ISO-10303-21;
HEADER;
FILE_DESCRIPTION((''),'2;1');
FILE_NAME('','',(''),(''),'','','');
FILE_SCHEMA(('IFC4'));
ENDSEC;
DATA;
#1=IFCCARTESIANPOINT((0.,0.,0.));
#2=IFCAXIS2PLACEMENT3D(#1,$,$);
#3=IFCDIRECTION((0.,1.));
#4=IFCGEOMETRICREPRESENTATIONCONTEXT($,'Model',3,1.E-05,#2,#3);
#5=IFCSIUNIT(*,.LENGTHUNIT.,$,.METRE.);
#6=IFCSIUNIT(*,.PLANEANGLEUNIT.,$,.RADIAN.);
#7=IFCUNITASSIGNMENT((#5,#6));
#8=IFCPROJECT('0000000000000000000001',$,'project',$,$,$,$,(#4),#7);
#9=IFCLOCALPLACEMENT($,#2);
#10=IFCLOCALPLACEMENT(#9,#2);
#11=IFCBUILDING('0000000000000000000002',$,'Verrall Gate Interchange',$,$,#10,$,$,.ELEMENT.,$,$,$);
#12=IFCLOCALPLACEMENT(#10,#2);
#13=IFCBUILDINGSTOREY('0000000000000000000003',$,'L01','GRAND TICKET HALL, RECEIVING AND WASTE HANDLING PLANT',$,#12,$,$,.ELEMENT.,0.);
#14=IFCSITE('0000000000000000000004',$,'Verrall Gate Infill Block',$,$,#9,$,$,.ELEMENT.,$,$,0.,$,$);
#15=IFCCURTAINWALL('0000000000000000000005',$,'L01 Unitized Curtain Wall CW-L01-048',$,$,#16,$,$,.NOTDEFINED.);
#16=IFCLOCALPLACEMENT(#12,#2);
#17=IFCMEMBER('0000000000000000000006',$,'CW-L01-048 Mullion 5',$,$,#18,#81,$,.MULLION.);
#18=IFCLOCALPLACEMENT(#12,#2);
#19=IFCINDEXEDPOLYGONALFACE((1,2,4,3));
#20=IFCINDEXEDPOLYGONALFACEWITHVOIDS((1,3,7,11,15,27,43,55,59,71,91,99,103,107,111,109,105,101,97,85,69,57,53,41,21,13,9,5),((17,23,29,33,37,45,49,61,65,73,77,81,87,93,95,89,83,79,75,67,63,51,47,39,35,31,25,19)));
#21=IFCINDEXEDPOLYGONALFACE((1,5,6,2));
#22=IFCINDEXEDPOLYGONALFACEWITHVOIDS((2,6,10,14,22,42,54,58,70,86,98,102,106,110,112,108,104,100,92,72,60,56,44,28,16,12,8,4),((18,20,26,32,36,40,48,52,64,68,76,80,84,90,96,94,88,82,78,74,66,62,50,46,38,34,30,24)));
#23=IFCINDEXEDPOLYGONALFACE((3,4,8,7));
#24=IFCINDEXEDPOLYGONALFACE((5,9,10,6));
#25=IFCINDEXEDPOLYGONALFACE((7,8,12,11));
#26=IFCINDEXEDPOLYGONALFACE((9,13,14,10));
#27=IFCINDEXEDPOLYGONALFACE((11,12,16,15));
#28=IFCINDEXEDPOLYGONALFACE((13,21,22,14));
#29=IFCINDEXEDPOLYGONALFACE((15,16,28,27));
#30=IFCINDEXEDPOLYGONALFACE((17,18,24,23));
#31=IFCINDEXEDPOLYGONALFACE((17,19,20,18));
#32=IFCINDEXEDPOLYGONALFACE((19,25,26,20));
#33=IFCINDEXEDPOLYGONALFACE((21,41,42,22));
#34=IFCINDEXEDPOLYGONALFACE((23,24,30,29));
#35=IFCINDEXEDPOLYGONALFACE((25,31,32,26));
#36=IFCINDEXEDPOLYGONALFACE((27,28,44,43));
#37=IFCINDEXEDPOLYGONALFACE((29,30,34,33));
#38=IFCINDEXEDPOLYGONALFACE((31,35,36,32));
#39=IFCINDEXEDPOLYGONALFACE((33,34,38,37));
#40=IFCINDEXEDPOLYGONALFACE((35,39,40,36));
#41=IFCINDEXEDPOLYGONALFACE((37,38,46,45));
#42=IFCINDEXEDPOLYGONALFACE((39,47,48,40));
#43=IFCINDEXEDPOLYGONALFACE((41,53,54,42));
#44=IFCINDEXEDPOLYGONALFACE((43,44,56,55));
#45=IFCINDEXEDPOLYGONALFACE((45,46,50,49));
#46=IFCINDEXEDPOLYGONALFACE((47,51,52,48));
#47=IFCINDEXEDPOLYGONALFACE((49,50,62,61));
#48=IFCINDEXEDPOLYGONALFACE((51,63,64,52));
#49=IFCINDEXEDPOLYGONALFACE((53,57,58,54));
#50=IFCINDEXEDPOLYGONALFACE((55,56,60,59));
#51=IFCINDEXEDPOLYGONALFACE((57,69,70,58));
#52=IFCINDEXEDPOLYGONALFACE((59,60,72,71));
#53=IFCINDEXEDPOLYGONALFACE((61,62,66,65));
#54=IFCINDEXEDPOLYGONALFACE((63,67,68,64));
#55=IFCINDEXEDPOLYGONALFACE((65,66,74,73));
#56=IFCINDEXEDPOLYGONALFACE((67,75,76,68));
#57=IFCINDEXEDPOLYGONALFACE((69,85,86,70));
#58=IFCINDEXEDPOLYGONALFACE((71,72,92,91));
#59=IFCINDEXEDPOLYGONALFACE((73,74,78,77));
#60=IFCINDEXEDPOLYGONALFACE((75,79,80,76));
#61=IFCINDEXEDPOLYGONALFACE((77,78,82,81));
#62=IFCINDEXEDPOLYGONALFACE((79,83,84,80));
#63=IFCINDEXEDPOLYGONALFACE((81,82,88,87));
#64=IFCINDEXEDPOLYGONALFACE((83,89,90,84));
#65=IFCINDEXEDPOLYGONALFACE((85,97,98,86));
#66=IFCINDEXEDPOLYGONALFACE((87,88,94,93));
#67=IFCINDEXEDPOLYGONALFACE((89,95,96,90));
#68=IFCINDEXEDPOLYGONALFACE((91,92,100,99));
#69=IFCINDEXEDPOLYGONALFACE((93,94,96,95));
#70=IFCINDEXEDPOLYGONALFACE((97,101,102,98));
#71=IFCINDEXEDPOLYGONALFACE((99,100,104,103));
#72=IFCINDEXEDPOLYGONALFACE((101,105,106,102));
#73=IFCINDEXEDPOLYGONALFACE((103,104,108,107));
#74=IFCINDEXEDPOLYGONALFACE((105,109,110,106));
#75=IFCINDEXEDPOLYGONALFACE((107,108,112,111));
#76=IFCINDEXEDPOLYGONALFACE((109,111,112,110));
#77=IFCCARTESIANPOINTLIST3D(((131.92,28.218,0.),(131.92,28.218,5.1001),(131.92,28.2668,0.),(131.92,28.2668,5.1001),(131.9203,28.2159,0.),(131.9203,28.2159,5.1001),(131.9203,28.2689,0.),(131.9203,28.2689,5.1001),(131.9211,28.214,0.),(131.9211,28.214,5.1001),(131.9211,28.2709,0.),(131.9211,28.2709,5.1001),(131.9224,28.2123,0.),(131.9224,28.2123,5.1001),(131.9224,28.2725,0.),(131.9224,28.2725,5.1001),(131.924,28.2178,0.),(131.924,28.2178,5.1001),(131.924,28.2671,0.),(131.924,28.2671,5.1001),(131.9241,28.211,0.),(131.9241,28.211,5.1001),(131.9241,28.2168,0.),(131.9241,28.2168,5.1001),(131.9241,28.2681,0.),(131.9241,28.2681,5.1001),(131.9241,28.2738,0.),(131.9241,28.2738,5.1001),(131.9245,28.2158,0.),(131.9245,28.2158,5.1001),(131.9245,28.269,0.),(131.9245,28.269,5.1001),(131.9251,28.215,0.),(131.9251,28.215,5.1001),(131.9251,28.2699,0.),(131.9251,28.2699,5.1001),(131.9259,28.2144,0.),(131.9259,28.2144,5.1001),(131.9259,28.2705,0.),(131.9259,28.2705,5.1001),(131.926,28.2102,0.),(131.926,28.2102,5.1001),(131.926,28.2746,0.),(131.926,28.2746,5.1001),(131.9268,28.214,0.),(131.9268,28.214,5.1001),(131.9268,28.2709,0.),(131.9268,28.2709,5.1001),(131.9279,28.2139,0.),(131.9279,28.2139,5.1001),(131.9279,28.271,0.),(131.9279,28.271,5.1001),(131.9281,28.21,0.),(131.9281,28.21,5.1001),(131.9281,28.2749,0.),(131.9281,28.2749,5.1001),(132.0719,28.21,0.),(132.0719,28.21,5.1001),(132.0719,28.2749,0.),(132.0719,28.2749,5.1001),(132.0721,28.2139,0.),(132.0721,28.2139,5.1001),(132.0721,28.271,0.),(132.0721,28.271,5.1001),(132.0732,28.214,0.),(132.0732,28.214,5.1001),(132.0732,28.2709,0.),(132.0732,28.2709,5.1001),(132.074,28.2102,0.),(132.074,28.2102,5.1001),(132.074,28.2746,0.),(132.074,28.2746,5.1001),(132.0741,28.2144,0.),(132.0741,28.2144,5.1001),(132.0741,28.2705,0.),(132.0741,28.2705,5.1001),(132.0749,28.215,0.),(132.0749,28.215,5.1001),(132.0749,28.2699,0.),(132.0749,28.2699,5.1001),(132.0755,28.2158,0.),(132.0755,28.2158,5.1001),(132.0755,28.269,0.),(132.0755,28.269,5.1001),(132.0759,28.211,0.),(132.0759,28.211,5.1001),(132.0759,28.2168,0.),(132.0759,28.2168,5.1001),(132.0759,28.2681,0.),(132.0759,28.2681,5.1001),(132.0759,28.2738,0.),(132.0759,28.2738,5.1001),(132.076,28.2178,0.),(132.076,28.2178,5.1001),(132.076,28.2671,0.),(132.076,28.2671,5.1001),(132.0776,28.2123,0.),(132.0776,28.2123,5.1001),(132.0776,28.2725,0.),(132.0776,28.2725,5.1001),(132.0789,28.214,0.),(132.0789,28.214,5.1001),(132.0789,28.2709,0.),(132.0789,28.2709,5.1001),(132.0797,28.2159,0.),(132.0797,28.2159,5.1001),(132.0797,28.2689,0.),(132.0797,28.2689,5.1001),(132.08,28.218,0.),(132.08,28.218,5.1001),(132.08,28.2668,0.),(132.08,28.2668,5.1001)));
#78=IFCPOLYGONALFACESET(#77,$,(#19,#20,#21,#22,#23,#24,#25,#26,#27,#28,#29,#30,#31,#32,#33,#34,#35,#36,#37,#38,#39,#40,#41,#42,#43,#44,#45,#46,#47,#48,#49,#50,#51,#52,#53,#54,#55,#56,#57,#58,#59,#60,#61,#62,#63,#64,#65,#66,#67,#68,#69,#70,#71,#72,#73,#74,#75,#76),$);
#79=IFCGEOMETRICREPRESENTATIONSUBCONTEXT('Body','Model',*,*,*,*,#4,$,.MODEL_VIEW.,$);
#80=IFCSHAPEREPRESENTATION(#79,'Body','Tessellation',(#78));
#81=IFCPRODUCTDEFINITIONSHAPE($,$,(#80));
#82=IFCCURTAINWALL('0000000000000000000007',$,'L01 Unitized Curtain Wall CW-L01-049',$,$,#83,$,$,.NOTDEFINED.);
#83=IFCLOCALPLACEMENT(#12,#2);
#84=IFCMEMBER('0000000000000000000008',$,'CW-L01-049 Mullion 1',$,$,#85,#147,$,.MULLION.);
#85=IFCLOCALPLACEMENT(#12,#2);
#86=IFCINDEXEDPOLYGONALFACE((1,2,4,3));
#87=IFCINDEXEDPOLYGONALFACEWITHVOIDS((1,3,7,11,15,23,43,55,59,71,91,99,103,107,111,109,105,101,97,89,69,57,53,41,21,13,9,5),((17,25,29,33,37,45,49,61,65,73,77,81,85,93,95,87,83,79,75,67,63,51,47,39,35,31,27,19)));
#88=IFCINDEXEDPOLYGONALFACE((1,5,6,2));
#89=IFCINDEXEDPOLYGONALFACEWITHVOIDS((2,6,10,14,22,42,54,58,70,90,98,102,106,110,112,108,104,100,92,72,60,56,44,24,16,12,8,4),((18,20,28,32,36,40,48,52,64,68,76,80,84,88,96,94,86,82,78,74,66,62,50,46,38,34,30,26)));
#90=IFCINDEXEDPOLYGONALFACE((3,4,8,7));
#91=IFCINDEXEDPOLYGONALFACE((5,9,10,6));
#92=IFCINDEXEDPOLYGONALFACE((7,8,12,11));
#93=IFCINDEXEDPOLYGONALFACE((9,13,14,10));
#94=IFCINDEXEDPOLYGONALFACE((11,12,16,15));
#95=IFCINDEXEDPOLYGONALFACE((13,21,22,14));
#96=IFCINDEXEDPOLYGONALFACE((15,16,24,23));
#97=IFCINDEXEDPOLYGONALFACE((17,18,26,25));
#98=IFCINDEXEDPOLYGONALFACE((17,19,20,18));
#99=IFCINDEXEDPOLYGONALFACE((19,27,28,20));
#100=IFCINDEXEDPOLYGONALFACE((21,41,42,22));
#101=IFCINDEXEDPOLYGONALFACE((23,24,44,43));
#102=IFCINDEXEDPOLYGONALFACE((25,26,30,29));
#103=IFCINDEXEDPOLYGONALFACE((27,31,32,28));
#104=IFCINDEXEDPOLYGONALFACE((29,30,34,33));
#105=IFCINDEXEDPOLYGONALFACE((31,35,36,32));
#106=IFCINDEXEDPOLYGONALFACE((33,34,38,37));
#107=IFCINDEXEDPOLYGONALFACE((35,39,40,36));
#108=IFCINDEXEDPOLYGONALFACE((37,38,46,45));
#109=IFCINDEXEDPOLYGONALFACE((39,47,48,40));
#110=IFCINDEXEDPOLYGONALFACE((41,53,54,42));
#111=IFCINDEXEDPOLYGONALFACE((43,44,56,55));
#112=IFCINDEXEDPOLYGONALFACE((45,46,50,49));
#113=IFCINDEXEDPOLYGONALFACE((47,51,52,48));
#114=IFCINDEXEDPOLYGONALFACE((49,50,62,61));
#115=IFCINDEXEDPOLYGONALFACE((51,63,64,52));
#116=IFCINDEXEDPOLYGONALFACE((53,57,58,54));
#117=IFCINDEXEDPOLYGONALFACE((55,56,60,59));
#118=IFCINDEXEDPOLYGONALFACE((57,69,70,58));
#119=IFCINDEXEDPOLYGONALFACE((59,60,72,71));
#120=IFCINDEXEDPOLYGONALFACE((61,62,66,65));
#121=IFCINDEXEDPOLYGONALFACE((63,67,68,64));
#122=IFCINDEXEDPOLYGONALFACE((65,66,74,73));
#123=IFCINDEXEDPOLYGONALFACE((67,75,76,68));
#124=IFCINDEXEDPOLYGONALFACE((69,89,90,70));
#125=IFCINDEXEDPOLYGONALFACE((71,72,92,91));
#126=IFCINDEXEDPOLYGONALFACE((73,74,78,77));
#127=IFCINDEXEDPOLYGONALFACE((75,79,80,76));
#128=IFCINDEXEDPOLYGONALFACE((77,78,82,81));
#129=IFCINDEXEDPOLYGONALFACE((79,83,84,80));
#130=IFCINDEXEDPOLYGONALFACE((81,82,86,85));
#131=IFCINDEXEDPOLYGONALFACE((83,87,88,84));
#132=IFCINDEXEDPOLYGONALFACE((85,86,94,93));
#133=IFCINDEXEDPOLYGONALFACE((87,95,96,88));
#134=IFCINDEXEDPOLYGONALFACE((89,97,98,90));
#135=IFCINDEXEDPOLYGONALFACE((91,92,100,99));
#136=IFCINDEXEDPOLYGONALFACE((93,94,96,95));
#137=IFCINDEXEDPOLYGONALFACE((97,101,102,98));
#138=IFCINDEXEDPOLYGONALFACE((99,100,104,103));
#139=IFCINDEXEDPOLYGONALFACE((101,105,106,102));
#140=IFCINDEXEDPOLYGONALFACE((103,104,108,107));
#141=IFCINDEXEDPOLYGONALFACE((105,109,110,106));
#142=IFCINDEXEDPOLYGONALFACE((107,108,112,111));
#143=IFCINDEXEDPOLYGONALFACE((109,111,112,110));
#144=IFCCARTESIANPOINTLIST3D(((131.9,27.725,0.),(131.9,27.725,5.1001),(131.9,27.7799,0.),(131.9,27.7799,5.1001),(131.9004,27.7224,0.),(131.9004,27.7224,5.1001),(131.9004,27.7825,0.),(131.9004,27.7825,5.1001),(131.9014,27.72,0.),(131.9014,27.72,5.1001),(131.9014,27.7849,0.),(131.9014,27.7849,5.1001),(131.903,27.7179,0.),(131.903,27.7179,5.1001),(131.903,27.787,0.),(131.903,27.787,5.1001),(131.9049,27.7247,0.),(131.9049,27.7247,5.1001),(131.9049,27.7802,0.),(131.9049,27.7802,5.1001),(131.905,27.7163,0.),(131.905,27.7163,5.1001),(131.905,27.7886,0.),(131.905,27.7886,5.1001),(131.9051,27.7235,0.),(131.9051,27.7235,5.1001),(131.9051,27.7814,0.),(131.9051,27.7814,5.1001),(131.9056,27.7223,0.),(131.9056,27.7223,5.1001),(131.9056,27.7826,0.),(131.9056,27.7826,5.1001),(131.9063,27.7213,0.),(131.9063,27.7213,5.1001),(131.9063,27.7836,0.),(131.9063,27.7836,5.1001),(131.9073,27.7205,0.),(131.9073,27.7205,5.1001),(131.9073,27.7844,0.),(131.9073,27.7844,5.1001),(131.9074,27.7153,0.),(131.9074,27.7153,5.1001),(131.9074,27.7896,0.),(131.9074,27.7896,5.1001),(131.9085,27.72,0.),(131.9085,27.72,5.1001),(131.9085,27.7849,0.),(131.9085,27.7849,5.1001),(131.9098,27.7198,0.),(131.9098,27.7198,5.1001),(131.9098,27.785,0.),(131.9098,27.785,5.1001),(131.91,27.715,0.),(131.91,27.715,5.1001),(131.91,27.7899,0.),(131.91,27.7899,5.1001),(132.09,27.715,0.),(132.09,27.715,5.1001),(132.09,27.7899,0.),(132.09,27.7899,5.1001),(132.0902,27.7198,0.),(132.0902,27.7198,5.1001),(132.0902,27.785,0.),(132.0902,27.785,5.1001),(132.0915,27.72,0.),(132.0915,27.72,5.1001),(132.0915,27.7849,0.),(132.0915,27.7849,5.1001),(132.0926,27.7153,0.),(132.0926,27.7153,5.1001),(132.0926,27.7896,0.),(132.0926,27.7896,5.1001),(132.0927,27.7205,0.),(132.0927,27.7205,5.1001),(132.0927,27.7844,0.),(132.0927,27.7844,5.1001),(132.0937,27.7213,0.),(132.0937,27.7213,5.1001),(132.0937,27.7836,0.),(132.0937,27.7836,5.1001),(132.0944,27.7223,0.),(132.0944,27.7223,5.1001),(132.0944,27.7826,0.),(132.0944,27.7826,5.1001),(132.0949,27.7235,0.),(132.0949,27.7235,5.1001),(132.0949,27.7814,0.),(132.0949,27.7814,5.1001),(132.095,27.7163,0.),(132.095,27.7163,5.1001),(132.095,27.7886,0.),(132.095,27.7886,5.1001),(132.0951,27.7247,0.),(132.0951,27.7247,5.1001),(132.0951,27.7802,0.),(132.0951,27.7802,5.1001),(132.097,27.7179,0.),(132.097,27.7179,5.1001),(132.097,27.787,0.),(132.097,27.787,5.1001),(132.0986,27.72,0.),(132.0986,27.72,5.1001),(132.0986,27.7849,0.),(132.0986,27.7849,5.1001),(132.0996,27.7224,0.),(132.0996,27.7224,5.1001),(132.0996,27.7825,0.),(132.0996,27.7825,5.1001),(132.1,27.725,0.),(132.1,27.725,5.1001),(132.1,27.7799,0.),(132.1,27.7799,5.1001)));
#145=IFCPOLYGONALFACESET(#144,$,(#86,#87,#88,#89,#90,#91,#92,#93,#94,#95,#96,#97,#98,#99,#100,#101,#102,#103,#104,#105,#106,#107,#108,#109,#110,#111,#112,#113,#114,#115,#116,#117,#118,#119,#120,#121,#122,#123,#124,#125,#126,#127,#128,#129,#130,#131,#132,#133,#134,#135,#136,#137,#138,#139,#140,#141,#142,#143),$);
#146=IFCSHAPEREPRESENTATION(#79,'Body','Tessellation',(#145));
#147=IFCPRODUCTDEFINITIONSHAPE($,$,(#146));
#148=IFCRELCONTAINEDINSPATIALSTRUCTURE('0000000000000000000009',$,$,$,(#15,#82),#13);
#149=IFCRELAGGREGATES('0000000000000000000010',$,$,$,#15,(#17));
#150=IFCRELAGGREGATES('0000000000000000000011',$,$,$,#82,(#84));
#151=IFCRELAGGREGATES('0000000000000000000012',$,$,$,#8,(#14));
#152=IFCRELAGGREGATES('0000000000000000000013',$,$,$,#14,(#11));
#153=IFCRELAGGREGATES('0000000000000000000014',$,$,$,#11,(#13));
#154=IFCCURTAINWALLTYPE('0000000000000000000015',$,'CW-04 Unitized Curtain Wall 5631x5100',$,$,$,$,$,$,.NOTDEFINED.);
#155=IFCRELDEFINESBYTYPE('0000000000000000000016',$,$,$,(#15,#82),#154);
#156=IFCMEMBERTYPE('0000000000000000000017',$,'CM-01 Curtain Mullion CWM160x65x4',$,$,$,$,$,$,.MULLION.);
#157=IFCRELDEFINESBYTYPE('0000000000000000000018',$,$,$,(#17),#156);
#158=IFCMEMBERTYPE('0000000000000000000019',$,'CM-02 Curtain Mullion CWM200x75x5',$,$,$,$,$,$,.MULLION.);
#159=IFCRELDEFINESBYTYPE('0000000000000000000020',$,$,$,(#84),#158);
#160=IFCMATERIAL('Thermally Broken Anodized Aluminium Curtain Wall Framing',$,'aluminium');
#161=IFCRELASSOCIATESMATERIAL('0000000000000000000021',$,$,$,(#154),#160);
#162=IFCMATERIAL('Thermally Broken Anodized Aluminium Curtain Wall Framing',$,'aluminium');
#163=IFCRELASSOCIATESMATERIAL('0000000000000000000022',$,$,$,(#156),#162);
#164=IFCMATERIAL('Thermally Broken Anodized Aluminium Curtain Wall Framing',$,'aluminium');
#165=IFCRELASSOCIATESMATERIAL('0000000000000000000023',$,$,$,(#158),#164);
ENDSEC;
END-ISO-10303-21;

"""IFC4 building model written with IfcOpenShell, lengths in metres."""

from ifc_helpers import new_model, si_unit, direction, frame, origin, origin_2d, place, context, subcontext, project, spatial, hollow_rectangle, extrude, material, material_profile, profile_set, type_object, element, aggregate, save


model = new_model("IFC4")

# Units and contexts
model_context = context("Model", 3, precision=1e-05, world=origin(), true_north=direction((0.0, 1.0)))
body_context = subcontext(model_context, "Body", "Model", "MODEL_VIEW")
ifc_project = project(units=[si_unit("LENGTHUNIT", "METRE"), si_unit("PLANEANGLEUNIT", "RADIAN")], contexts=[model_context])

# Site, building, storey
site_placement = place(None, origin())
site = spatial("IfcSite", under=ifc_project, at=site_placement, Name="Verrall Gate Infill Block", CompositionType="ELEMENT", RefElevation=0.0)
building_placement = place(site_placement, origin())
building = spatial("IfcBuilding", under=site, at=building_placement, Name="Verrall Gate Interchange", CompositionType="ELEMENT")
storey_placement = place(building_placement, origin())
storey = spatial("IfcBuildingStorey", under=building, at=storey_placement, Name="L01", Description="GRAND TICKET HALL, RECEIVING AND WASTE HANDLING PLANT", CompositionType="ELEMENT", Elevation=0.0)

# Curtain walls, members
ifc_material_1 = material(Name="Thermally Broken Anodized Aluminium Curtain Wall Framing", Category="aluminium")
curtain_wall_type = type_object("IfcCurtainWallType", Name="CW-04 Unitized Curtain Wall 5631x5100", PredefinedType="NOTDEFINED", material=ifc_material_1)
curtain_wall_1_placement = place(storey_placement, origin())
curtain_wall_1 = element("IfcCurtainWall", 1, at=curtain_wall_1_placement, inside=storey, type_object=curtain_wall_type, Name="L01 Unitized Curtain Wall CW-L01-048", PredefinedType="NOTDEFINED")
ifc_material_2 = material(Name="Thermally Broken Anodized Aluminium Curtain Wall Framing", Category="aluminium")
ifc_material_profile_1 = material_profile(ifc_material_2, hollow_rectangle(XDim=0.0649, YDim=0.1599, WallThickness=0.0039, InnerFilletRadius=0.0039, OuterFilletRadius=0.0081, at=origin_2d()), Name="CWM160x65x4")
ifc_profile_set_1 = profile_set([ifc_material_profile_1], Name="Thermally Broken Anodized Aluminium Curtain Wall Framing")
member_type_1 = type_object("IfcMemberType", Name="CM-01 Curtain Mullion CWM160x65x4", PredefinedType="MULLION", material=ifc_profile_set_1)
member_1_placement = place(storey_placement, frame((132.0, 28.2424, 0.0), z_axis=(0.0, 0.0, 1.0), x_axis=(0.0, -1.0, 0.0)))
member_1 = element("IfcMember", 2, at=member_1_placement, type_object=member_type_1, Name="CW-L01-048 Mullion 5", PredefinedType="MULLION", context=body_context, shape_type="SweptSolid", body=[
    extrude(hollow_rectangle(XDim=0.0649, YDim=0.1599, WallThickness=0.0039, InnerFilletRadius=0.0039, OuterFilletRadius=0.0081, at=origin_2d()), origin(), (0.0, 0.0, 1.0), 5.1001),
])
curtain_wall_2_placement = place(storey_placement, origin())
curtain_wall_2 = element("IfcCurtainWall", 3, at=curtain_wall_2_placement, inside=storey, type_object=curtain_wall_type, Name="L01 Unitized Curtain Wall CW-L01-049", PredefinedType="NOTDEFINED")
ifc_material_3 = material(Name="Thermally Broken Anodized Aluminium Curtain Wall Framing", Category="aluminium")
ifc_material_profile_2 = material_profile(ifc_material_3, hollow_rectangle(XDim=0.075, YDim=0.2, WallThickness=0.0049, InnerFilletRadius=0.0049, OuterFilletRadius=0.01, at=origin_2d()), Name="CWM200x75x5")
ifc_profile_set_2 = profile_set([ifc_material_profile_2], Name="Thermally Broken Anodized Aluminium Curtain Wall Framing")
member_type_2 = type_object("IfcMemberType", Name="CM-02 Curtain Mullion CWM200x75x5", PredefinedType="MULLION", material=ifc_profile_set_2)
member_2_placement = place(storey_placement, frame((132.0, 27.7524, 0.0), z_axis=(0.0, 0.0, 1.0), x_axis=(0.0, -1.0, 0.0)))
member_2 = element("IfcMember", 4, at=member_2_placement, type_object=member_type_2, Name="CW-L01-049 Mullion 1", PredefinedType="MULLION", context=body_context, shape_type="SweptSolid", body=[
    extrude(hollow_rectangle(XDim=0.075, YDim=0.2, WallThickness=0.0049, InnerFilletRadius=0.0049, OuterFilletRadius=0.01, at=origin_2d()), origin(), (0.0, 0.0, 1.0), 5.1001),
])

aggregate(curtain_wall_1, [member_1])
aggregate(curtain_wall_2, [member_2])

save(model, "model.ifc")
